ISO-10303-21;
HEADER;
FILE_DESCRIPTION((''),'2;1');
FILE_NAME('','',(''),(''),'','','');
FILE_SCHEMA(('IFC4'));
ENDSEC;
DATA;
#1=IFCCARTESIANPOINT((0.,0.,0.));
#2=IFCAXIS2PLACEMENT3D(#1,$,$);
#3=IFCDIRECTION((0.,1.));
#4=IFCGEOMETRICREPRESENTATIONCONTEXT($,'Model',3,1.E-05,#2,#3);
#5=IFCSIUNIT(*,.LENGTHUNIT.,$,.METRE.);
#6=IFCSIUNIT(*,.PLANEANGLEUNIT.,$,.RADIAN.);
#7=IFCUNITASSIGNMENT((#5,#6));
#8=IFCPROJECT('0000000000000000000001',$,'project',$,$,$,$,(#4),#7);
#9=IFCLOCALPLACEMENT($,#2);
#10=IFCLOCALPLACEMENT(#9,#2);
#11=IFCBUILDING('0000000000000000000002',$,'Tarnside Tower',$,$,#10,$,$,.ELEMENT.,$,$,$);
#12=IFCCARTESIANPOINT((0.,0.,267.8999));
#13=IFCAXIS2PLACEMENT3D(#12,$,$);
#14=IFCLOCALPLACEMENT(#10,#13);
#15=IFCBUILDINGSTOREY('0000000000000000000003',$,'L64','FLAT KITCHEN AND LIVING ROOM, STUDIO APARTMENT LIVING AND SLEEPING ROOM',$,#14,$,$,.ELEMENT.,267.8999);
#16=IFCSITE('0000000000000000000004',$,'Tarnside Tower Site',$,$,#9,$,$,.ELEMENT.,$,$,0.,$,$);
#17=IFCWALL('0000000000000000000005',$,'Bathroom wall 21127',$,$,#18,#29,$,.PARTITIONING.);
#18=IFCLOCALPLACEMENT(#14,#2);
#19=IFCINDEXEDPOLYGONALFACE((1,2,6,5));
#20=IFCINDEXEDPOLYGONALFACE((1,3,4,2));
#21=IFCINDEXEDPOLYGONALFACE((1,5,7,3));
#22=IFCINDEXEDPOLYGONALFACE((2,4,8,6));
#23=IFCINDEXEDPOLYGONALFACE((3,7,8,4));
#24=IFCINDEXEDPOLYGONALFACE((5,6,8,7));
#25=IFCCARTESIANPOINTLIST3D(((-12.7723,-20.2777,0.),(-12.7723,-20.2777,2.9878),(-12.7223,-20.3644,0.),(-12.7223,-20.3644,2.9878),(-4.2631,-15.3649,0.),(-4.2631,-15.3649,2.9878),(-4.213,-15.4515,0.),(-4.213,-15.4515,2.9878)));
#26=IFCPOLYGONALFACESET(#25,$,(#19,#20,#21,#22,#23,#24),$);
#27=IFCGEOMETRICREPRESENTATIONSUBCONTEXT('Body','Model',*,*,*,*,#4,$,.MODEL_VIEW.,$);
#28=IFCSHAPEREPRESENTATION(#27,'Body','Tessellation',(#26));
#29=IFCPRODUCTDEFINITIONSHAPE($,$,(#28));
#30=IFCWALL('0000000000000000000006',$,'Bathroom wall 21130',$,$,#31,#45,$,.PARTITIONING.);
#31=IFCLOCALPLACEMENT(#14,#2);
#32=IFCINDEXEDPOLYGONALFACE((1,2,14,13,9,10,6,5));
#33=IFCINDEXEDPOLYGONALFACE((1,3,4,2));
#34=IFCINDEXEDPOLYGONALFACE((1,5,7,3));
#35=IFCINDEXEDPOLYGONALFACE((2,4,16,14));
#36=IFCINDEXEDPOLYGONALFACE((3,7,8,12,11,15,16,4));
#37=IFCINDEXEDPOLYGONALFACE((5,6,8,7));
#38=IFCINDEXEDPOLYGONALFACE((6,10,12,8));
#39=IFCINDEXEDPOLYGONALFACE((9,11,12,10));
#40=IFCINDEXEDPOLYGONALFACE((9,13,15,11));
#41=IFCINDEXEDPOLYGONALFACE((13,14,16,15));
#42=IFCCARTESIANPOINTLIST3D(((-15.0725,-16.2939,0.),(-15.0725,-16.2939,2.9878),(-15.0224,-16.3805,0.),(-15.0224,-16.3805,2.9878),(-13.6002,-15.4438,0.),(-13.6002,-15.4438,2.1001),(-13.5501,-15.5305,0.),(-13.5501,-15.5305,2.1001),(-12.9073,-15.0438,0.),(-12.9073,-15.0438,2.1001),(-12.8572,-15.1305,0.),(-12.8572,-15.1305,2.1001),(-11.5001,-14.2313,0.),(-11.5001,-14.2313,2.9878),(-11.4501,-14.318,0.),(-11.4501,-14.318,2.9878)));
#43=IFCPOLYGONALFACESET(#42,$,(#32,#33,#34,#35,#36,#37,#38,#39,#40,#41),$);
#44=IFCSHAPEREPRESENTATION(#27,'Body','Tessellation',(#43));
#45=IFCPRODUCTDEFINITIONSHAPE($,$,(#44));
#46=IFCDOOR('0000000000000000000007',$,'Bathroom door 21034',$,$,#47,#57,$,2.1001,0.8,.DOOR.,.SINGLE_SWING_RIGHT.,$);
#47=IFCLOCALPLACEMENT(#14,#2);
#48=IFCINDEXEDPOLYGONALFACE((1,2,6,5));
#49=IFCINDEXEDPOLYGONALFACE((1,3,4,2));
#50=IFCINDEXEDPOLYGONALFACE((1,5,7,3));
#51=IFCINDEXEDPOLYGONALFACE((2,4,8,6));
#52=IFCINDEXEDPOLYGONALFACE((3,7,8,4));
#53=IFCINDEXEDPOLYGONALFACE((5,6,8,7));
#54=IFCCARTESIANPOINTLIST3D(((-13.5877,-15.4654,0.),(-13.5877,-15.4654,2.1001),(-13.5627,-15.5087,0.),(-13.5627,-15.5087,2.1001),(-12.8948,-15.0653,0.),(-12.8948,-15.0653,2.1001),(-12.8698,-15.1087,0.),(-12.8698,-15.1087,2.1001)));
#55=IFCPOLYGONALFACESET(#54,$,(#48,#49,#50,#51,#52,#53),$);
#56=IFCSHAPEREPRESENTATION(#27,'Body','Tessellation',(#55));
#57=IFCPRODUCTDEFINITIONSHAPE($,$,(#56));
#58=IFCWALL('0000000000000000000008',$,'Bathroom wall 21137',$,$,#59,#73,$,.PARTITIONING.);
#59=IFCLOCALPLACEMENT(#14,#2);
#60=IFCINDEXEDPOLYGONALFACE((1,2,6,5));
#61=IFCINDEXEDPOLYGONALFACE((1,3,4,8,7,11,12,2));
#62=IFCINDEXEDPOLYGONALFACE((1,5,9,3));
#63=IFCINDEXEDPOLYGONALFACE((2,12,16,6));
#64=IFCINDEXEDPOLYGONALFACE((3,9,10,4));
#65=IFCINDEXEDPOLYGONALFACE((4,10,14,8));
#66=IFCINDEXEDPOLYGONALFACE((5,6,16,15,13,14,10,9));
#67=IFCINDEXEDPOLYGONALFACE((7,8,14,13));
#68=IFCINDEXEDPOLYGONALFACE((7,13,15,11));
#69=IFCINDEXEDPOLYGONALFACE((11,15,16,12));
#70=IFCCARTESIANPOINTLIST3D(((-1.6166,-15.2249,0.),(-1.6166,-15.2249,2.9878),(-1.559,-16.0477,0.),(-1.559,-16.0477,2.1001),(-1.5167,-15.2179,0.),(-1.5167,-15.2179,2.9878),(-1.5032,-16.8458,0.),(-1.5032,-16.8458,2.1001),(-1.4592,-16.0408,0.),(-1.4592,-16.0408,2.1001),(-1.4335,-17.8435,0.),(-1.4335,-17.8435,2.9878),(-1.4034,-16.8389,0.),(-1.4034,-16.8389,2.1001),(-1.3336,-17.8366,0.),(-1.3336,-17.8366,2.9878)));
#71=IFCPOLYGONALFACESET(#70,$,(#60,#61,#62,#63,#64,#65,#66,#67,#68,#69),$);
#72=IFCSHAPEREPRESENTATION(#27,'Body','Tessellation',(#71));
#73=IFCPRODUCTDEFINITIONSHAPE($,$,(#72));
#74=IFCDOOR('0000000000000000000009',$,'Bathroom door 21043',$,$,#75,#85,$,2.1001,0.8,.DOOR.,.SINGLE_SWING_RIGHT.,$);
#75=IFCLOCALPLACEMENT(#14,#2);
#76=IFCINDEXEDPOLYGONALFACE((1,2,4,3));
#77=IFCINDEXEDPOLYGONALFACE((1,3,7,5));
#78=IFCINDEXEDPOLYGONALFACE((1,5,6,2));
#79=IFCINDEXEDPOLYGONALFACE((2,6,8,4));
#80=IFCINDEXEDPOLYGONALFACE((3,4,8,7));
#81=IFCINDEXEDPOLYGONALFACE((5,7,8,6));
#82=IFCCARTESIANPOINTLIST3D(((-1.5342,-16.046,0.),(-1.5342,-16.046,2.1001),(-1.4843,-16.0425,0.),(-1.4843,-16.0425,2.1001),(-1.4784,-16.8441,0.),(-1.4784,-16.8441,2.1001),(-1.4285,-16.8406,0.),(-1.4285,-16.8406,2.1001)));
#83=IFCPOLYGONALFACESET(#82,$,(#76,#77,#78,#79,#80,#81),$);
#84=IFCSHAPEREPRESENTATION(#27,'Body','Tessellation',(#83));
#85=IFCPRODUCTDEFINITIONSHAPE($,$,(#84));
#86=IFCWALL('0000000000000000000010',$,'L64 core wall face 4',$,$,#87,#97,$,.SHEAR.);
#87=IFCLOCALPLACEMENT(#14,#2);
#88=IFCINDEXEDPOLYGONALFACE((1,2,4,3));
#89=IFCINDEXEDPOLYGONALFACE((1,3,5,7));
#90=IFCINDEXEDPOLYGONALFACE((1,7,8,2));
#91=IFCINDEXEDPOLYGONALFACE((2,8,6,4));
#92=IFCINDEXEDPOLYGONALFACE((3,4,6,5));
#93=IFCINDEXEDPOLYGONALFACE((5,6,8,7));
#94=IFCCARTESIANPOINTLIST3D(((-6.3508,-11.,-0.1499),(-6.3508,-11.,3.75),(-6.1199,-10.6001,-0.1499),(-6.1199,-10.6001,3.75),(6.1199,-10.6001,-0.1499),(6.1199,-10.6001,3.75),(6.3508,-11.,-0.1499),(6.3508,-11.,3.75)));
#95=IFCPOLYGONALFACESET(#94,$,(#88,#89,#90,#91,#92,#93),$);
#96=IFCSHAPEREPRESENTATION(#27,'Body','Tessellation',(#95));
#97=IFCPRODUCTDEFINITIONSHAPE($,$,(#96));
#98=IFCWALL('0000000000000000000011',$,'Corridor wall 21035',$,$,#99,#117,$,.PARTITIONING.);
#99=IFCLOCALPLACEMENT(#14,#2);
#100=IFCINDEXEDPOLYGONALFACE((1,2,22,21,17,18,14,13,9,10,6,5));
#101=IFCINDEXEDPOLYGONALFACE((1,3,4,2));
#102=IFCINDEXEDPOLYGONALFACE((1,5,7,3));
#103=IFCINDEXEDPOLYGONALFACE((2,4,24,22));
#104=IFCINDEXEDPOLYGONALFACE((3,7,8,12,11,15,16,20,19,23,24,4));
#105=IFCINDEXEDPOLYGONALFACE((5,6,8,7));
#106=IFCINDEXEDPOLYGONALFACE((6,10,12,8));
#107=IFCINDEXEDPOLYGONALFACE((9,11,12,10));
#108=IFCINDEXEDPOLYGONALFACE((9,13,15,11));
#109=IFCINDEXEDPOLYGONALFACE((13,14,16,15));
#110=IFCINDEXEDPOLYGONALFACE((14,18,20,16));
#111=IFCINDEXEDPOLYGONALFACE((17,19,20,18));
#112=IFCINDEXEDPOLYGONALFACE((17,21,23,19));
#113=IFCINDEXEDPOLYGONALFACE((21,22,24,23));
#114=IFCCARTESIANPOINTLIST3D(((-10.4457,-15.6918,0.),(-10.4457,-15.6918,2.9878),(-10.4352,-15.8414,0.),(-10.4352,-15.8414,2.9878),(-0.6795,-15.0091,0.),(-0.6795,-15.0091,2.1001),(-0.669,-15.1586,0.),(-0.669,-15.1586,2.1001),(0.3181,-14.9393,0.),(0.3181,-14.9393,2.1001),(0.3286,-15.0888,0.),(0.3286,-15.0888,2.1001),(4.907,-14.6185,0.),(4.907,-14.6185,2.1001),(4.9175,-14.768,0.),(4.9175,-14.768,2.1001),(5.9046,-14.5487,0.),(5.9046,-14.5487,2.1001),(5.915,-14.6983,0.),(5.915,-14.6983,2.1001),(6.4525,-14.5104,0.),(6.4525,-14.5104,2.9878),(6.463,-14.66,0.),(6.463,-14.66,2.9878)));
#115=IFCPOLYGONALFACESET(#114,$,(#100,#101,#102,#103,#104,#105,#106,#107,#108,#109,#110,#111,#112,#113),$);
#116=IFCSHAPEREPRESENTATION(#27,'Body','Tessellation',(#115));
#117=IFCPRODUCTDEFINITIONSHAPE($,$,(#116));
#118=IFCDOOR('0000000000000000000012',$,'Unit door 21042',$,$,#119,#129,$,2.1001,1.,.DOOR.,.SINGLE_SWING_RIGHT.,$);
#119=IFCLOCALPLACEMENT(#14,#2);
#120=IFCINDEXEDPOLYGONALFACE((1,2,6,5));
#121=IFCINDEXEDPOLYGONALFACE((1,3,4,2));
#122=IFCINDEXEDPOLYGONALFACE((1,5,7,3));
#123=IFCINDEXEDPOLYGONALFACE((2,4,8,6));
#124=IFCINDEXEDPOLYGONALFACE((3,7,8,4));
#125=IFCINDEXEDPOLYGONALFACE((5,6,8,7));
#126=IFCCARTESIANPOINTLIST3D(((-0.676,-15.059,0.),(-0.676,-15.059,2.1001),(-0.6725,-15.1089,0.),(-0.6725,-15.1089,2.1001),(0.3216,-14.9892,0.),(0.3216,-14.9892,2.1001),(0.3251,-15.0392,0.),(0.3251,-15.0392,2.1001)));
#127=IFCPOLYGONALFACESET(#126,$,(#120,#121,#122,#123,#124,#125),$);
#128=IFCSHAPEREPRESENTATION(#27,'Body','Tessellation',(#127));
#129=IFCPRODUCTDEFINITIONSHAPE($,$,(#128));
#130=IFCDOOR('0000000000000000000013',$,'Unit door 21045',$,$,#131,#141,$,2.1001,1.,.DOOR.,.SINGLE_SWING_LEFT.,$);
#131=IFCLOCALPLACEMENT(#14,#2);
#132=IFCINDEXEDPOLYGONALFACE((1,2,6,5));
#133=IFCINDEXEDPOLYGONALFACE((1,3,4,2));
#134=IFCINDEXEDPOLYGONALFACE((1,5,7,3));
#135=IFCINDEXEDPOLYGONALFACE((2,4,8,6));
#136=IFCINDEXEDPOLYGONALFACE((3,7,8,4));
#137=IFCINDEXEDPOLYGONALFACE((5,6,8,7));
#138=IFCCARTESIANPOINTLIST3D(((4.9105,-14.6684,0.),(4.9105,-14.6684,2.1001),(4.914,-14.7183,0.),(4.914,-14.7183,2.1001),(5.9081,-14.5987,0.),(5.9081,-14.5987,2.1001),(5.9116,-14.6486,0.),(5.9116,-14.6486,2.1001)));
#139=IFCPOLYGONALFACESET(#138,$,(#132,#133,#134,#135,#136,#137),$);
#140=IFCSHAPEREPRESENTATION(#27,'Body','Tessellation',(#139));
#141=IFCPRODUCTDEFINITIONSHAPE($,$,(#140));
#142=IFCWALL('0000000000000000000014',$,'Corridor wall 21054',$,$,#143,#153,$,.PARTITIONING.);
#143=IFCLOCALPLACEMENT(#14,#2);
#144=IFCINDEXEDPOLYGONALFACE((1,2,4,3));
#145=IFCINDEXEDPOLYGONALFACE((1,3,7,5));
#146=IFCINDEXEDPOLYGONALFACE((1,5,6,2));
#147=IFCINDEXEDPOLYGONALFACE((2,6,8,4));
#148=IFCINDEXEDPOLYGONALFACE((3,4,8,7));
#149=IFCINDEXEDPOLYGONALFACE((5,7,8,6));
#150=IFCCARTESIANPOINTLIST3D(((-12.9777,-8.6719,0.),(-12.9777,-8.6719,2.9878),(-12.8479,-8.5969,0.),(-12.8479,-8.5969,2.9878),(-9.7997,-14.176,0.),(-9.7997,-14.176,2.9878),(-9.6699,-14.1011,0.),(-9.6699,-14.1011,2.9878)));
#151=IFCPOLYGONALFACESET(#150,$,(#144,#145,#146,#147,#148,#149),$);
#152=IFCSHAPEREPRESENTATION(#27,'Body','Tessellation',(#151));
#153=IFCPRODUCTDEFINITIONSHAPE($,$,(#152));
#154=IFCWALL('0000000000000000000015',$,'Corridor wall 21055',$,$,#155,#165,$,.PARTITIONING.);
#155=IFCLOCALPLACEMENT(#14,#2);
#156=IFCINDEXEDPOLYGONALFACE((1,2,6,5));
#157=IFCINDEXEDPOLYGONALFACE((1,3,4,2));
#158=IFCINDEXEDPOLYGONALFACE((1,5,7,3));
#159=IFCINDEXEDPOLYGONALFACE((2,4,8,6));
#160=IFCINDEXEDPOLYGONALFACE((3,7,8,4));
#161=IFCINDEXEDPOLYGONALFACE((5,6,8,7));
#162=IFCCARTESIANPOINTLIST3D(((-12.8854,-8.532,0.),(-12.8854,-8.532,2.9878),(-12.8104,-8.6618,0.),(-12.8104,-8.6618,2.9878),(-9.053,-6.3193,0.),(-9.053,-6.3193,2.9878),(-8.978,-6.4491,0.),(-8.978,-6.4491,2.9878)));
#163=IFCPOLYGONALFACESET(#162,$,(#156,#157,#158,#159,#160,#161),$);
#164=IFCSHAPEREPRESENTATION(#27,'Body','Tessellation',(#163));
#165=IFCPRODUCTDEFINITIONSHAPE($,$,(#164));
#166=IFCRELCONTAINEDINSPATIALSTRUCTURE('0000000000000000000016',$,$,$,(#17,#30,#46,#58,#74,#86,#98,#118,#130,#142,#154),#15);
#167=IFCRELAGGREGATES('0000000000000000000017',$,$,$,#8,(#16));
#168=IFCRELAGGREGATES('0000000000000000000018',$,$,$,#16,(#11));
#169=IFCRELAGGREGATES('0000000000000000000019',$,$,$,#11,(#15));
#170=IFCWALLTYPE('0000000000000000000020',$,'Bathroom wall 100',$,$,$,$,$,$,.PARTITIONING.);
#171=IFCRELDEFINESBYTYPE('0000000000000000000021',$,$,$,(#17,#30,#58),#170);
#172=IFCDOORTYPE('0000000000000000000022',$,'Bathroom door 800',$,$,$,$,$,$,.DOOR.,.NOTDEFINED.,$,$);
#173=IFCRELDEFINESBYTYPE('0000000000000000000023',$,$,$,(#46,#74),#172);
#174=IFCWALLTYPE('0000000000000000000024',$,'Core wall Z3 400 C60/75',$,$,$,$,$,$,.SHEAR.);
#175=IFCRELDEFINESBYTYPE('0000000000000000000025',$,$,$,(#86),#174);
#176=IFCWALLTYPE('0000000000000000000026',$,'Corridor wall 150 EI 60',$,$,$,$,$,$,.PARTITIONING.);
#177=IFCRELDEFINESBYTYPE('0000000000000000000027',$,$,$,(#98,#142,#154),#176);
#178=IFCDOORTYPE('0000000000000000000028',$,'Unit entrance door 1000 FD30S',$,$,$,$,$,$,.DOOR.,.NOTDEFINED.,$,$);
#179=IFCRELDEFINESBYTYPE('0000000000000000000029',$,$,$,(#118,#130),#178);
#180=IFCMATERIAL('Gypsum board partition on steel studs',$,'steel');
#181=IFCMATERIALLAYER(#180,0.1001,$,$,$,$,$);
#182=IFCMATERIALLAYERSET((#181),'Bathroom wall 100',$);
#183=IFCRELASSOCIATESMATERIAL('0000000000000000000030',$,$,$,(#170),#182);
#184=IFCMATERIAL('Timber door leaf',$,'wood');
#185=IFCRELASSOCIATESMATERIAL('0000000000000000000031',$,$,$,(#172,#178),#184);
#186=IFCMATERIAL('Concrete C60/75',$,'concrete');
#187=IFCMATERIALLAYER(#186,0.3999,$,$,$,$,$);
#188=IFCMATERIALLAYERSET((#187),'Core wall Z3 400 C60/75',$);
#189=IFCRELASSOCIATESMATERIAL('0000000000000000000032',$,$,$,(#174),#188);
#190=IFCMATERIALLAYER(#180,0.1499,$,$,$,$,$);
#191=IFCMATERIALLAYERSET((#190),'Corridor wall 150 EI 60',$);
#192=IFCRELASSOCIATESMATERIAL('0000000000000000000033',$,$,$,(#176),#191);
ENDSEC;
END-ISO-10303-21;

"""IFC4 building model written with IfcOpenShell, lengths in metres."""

from ifc_helpers import new_model, si_unit, direction, frame, frame_2d, origin, place, context, subcontext, project, spatial, polyline, rectangle, outline, extrude, material, layer, layer_set, type_object, element, fill, save


model = new_model("IFC4")

# Units and contexts
model_context = context("Model", 3, precision=1e-05, world=origin(), true_north=direction((0.0, 1.0)))
body_context = subcontext(model_context, "Body", "Model", "MODEL_VIEW")
ifc_project = project(units=[si_unit("LENGTHUNIT", "METRE"), si_unit("PLANEANGLEUNIT", "RADIAN")], contexts=[model_context])

# Site, building, storey
site_placement = place(None, origin())
site = spatial("IfcSite", under=ifc_project, at=site_placement, Name="Tarnside Tower Site", CompositionType="ELEMENT", RefElevation=0.0)
building_placement = place(site_placement, origin())
building = spatial("IfcBuilding", under=site, at=building_placement, Name="Tarnside Tower", CompositionType="ELEMENT")
storey_placement = place(building_placement, frame((0.0, 0.0, 267.8999)))
storey = spatial("IfcBuildingStorey", under=building, at=storey_placement, Name="L64", Description="FLAT KITCHEN AND LIVING ROOM, STUDIO APARTMENT LIVING AND SLEEPING ROOM", CompositionType="ELEMENT", Elevation=267.8999)

# Wall
ifc_material_1 = material(Name="Gypsum board partition on steel studs", Category="steel")
ifc_layer_1 = layer(ifc_material_1, 0.1001)
ifc_layer_set_1 = layer_set([ifc_layer_1], Name="Bathroom wall 100")
wall_type_1 = type_object("IfcWallType", Name="Bathroom wall 100", PredefinedType="PARTITIONING", material=ifc_layer_set_1)
wall_1_placement = place(storey_placement, frame((-4.238, -15.4082, 0.0), z_axis=(0.0, 0.0, 1.0), x_axis=(-0.866025, -0.500001, 0.0)))
element("IfcWall", 1, at=wall_1_placement, inside=storey, type_object=wall_type_1, Name="Bathroom wall 21127", PredefinedType="PARTITIONING", context=body_context, shape_type="SweptSolid", body=[
    extrude(rectangle(XDim=9.8257, YDim=0.1001, at=frame_2d((4.9128, 0.0))), origin(), (0.0, 0.0, 1.0), 2.9878),
])

# Walls, openings, doors
wall_2_placement = place(storey_placement, frame((-11.4751, -14.2747, 0.0), z_axis=(0.0, 0.0, 1.0), x_axis=(-0.86602, -0.500009, 0.0)))
wall_2 = element("IfcWall", 2, at=wall_2_placement, inside=storey, type_object=wall_type_1, Name="Bathroom wall 21130", PredefinedType="PARTITIONING", context=body_context, shape_type="SweptSolid", body=[
    extrude(rectangle(XDim=4.125, YDim=0.1001, at=frame_2d((2.0625, 0.0))), origin(), (0.0, 0.0, 1.0), 2.9878),
])
opening_1_placement = place(wall_2_placement, frame((1.625, 0.0, 0.0)))
opening_1 = element("IfcOpeningElement", 3, at=opening_1_placement, cuts=wall_2, PredefinedType="OPENING", context=body_context, shape_type="SweptSolid", body=[
    extrude(rectangle(XDim=0.8, YDim=2.1001, at=frame_2d((0.3999, 1.05))), frame((0.0, 0.0601, 0.0), z_axis=(0.0, -1.0, 0.0), x_axis=(1.0, 0.0, 0.0)), (0.0, 0.0, 1.0), 0.1201),
])
ifc_material_2 = material(Name="Timber door leaf", Category="wood")
door_type_1 = type_object("IfcDoorType", Name="Bathroom door 800", OperationType="NOTDEFINED", PredefinedType="DOOR", material=ifc_material_2)
door_1_placement = place(opening_1_placement, origin())
door_1 = element("IfcDoor", 4, at=door_1_placement, inside=storey, type_object=door_type_1, Name="Bathroom door 21034", OperationType="SINGLE_SWING_RIGHT", OverallHeight=2.1001, OverallWidth=0.8, PredefinedType="DOOR", context=body_context, shape_type="SweptSolid", body=[
    extrude(rectangle(XDim=0.8, YDim=2.1001, at=frame_2d((0.3999, 1.05))), frame((0.0, 0.0249, 0.0), z_axis=(0.0, -1.0, 0.0), x_axis=(1.0, 0.0, 0.0)), (0.0, 0.0, 1.0), 0.05),
])
fill(opening_1, door_1)
wall_3_placement = place(storey_placement, frame((-1.5667, -15.2214, 0.0), z_axis=(0.0, 0.0, 1.0), x_axis=(0.069753, -0.997564, 0.0)))
wall_3 = element("IfcWall", 5, at=wall_3_placement, inside=storey, type_object=wall_type_1, Name="Bathroom wall 21137", PredefinedType="PARTITIONING", context=body_context, shape_type="SweptSolid", body=[
    extrude(rectangle(XDim=2.625, YDim=0.1001, at=frame_2d((1.3125, 0.0))), origin(), (0.0, 0.0, 1.0), 2.9878),
])
opening_2_placement = place(wall_3_placement, frame((0.825, 0.0, 0.0)))
opening_2 = element("IfcOpeningElement", 6, at=opening_2_placement, cuts=wall_3, PredefinedType="OPENING", context=body_context, shape_type="SweptSolid", body=[
    extrude(rectangle(XDim=0.8, YDim=2.1001, at=frame_2d((0.3999, 1.05))), frame((0.0, 0.0601, 0.0), z_axis=(0.0, -1.0, 0.0), x_axis=(1.0, 0.0, 0.0)), (0.0, 0.0, 1.0), 0.1201),
])
door_2_placement = place(opening_2_placement, origin())
door_2 = element("IfcDoor", 7, at=door_2_placement, inside=storey, type_object=door_type_1, Name="Bathroom door 21043", OperationType="SINGLE_SWING_RIGHT", OverallHeight=2.1001, OverallWidth=0.8, PredefinedType="DOOR", context=body_context, shape_type="SweptSolid", body=[
    extrude(rectangle(XDim=0.8, YDim=2.1001, at=frame_2d((0.3999, 1.05))), frame((0.0, 0.0249, 0.0), z_axis=(0.0, -1.0, 0.0), x_axis=(1.0, 0.0, 0.0)), (0.0, 0.0, 1.0), 0.05),
])
fill(opening_2, door_2)

# Wall
ifc_material_3 = material(Name="Concrete C60/75", Category="concrete")
ifc_layer_2 = layer(ifc_material_3, 0.3999)
ifc_layer_set_2 = layer_set([ifc_layer_2], Name="Core wall Z3 400 C60/75")
wall_type_2 = type_object("IfcWallType", Name="Core wall Z3 400 C60/75", PredefinedType="SHEAR", material=ifc_layer_set_2)
wall_4_placement = place(storey_placement, frame((-6.2354, -10.8, -0.1499), z_axis=(0.0, 0.0, 1.0), x_axis=(1.0, 0.0, 0.0)))
element("IfcWall", 8, at=wall_4_placement, inside=storey, type_object=wall_type_2, Name="L64 core wall face 4", PredefinedType="SHEAR", context=body_context, shape_type="SweptSolid", body=[
    extrude(outline(polyline([(-0.1155, -0.2), (12.5862, -0.2), (12.3552, 0.2), (0.1155, 0.2), (-0.1155, -0.2)])), origin(), (0.0, 0.0, 1.0), 3.8999),
])

# Wall, openings, doors
ifc_layer_3 = layer(ifc_material_1, 0.1499)
ifc_layer_set_3 = layer_set([ifc_layer_3], Name="Corridor wall 150 EI 60")
wall_type_3 = type_object("IfcWallType", Name="Corridor wall 150 EI 60", PredefinedType="PARTITIONING", material=ifc_layer_set_3)
wall_5_placement = place(storey_placement, frame((-10.4404, -15.7666, 0.0), z_axis=(0.0, 0.0, 1.0), x_axis=(0.997565, 0.069742, 0.0)))
wall_5 = element("IfcWall", 9, at=wall_5_placement, inside=storey, type_object=wall_type_3, Name="Corridor wall 21035", PredefinedType="PARTITIONING", context=body_context, shape_type="SweptSolid", body=[
    extrude(rectangle(XDim=16.9395, YDim=0.1499, at=frame_2d((8.4697, 0.0))), origin(), (0.0, 0.0, 1.0), 2.9878),
])
opening_3_placement = place(wall_5_placement, frame((9.79, 0.0, 0.0)))
opening_3 = element("IfcOpeningElement", 10, at=opening_3_placement, cuts=wall_5, PredefinedType="OPENING", context=body_context, shape_type="SweptSolid", body=[
    extrude(rectangle(XDim=1.0, YDim=2.1001, at=frame_2d((0.5, 1.05))), frame((0.0, 0.085, 0.0), z_axis=(0.0, -1.0, 0.0), x_axis=(1.0, 0.0, 0.0)), (0.0, 0.0, 1.0), 0.1699),
])
opening_4_placement = place(wall_5_placement, frame((15.3901, 0.0, 0.0)))
opening_4 = element("IfcOpeningElement", 11, at=opening_4_placement, cuts=wall_5, PredefinedType="OPENING", context=body_context, shape_type="SweptSolid", body=[
    extrude(rectangle(XDim=1.0, YDim=2.1001, at=frame_2d((0.5, 1.05))), frame((0.0, 0.085, 0.0), z_axis=(0.0, -1.0, 0.0), x_axis=(1.0, 0.0, 0.0)), (0.0, 0.0, 1.0), 0.1699),
])
door_type_2 = type_object("IfcDoorType", Name="Unit entrance door 1000 FD30S", OperationType="NOTDEFINED", PredefinedType="DOOR", material=ifc_material_2)
door_3_placement = place(opening_3_placement, origin())
door_3 = element("IfcDoor", 12, at=door_3_placement, inside=storey, type_object=door_type_2, Name="Unit door 21042", OperationType="SINGLE_SWING_RIGHT", OverallHeight=2.1001, OverallWidth=1.0, PredefinedType="DOOR", context=body_context, shape_type="SweptSolid", body=[
    extrude(rectangle(XDim=1.0, YDim=2.1001, at=frame_2d((0.5, 1.05))), frame((0.0, 0.0249, 0.0), z_axis=(0.0, -1.0, 0.0), x_axis=(1.0, 0.0, 0.0)), (0.0, 0.0, 1.0), 0.05),
])
fill(opening_3, door_3)
door_4_placement = place(opening_4_placement, origin())
door_4 = element("IfcDoor", 13, at=door_4_placement, inside=storey, type_object=door_type_2, Name="Unit door 21045", OperationType="SINGLE_SWING_LEFT", OverallHeight=2.1001, OverallWidth=1.0, PredefinedType="DOOR", context=body_context, shape_type="SweptSolid", body=[
    extrude(rectangle(XDim=1.0, YDim=2.1001, at=frame_2d((0.5, 1.05))), frame((0.0, 0.0249, 0.0), z_axis=(0.0, -1.0, 0.0), x_axis=(1.0, 0.0, 0.0)), (0.0, 0.0, 1.0), 0.05),
])
fill(opening_4, door_4)

# Walls
wall_6_placement = place(storey_placement, frame((-9.7349, -14.1384, 0.0), z_axis=(0.0, 0.0, 1.0), x_axis=(-0.500018, 0.866015, 0.0)))
element("IfcWall", 14, at=wall_6_placement, inside=storey, type_object=wall_type_3, Name="Corridor wall 21054", PredefinedType="PARTITIONING", context=body_context, shape_type="SweptSolid", body=[
    extrude(rectangle(XDim=6.3557, YDim=0.1499, at=frame_2d((3.1777, 0.0))), origin(), (0.0, 0.0, 1.0), 2.9878),
])
wall_7_placement = place(storey_placement, frame((-12.8479, -8.5969, 0.0), z_axis=(0.0, 0.0, 1.0), x_axis=(0.866017, 0.500014, 0.0)))
element("IfcWall", 15, at=wall_7_placement, inside=storey, type_object=wall_type_3, Name="Corridor wall 21055", PredefinedType="PARTITIONING", context=body_context, shape_type="SweptSolid", body=[
    extrude(rectangle(XDim=4.4253, YDim=0.1499, at=frame_2d((2.2126, 0.0))), origin(), (0.0, 0.0, 1.0), 2.9878),
])

save(model, "model.ifc")
